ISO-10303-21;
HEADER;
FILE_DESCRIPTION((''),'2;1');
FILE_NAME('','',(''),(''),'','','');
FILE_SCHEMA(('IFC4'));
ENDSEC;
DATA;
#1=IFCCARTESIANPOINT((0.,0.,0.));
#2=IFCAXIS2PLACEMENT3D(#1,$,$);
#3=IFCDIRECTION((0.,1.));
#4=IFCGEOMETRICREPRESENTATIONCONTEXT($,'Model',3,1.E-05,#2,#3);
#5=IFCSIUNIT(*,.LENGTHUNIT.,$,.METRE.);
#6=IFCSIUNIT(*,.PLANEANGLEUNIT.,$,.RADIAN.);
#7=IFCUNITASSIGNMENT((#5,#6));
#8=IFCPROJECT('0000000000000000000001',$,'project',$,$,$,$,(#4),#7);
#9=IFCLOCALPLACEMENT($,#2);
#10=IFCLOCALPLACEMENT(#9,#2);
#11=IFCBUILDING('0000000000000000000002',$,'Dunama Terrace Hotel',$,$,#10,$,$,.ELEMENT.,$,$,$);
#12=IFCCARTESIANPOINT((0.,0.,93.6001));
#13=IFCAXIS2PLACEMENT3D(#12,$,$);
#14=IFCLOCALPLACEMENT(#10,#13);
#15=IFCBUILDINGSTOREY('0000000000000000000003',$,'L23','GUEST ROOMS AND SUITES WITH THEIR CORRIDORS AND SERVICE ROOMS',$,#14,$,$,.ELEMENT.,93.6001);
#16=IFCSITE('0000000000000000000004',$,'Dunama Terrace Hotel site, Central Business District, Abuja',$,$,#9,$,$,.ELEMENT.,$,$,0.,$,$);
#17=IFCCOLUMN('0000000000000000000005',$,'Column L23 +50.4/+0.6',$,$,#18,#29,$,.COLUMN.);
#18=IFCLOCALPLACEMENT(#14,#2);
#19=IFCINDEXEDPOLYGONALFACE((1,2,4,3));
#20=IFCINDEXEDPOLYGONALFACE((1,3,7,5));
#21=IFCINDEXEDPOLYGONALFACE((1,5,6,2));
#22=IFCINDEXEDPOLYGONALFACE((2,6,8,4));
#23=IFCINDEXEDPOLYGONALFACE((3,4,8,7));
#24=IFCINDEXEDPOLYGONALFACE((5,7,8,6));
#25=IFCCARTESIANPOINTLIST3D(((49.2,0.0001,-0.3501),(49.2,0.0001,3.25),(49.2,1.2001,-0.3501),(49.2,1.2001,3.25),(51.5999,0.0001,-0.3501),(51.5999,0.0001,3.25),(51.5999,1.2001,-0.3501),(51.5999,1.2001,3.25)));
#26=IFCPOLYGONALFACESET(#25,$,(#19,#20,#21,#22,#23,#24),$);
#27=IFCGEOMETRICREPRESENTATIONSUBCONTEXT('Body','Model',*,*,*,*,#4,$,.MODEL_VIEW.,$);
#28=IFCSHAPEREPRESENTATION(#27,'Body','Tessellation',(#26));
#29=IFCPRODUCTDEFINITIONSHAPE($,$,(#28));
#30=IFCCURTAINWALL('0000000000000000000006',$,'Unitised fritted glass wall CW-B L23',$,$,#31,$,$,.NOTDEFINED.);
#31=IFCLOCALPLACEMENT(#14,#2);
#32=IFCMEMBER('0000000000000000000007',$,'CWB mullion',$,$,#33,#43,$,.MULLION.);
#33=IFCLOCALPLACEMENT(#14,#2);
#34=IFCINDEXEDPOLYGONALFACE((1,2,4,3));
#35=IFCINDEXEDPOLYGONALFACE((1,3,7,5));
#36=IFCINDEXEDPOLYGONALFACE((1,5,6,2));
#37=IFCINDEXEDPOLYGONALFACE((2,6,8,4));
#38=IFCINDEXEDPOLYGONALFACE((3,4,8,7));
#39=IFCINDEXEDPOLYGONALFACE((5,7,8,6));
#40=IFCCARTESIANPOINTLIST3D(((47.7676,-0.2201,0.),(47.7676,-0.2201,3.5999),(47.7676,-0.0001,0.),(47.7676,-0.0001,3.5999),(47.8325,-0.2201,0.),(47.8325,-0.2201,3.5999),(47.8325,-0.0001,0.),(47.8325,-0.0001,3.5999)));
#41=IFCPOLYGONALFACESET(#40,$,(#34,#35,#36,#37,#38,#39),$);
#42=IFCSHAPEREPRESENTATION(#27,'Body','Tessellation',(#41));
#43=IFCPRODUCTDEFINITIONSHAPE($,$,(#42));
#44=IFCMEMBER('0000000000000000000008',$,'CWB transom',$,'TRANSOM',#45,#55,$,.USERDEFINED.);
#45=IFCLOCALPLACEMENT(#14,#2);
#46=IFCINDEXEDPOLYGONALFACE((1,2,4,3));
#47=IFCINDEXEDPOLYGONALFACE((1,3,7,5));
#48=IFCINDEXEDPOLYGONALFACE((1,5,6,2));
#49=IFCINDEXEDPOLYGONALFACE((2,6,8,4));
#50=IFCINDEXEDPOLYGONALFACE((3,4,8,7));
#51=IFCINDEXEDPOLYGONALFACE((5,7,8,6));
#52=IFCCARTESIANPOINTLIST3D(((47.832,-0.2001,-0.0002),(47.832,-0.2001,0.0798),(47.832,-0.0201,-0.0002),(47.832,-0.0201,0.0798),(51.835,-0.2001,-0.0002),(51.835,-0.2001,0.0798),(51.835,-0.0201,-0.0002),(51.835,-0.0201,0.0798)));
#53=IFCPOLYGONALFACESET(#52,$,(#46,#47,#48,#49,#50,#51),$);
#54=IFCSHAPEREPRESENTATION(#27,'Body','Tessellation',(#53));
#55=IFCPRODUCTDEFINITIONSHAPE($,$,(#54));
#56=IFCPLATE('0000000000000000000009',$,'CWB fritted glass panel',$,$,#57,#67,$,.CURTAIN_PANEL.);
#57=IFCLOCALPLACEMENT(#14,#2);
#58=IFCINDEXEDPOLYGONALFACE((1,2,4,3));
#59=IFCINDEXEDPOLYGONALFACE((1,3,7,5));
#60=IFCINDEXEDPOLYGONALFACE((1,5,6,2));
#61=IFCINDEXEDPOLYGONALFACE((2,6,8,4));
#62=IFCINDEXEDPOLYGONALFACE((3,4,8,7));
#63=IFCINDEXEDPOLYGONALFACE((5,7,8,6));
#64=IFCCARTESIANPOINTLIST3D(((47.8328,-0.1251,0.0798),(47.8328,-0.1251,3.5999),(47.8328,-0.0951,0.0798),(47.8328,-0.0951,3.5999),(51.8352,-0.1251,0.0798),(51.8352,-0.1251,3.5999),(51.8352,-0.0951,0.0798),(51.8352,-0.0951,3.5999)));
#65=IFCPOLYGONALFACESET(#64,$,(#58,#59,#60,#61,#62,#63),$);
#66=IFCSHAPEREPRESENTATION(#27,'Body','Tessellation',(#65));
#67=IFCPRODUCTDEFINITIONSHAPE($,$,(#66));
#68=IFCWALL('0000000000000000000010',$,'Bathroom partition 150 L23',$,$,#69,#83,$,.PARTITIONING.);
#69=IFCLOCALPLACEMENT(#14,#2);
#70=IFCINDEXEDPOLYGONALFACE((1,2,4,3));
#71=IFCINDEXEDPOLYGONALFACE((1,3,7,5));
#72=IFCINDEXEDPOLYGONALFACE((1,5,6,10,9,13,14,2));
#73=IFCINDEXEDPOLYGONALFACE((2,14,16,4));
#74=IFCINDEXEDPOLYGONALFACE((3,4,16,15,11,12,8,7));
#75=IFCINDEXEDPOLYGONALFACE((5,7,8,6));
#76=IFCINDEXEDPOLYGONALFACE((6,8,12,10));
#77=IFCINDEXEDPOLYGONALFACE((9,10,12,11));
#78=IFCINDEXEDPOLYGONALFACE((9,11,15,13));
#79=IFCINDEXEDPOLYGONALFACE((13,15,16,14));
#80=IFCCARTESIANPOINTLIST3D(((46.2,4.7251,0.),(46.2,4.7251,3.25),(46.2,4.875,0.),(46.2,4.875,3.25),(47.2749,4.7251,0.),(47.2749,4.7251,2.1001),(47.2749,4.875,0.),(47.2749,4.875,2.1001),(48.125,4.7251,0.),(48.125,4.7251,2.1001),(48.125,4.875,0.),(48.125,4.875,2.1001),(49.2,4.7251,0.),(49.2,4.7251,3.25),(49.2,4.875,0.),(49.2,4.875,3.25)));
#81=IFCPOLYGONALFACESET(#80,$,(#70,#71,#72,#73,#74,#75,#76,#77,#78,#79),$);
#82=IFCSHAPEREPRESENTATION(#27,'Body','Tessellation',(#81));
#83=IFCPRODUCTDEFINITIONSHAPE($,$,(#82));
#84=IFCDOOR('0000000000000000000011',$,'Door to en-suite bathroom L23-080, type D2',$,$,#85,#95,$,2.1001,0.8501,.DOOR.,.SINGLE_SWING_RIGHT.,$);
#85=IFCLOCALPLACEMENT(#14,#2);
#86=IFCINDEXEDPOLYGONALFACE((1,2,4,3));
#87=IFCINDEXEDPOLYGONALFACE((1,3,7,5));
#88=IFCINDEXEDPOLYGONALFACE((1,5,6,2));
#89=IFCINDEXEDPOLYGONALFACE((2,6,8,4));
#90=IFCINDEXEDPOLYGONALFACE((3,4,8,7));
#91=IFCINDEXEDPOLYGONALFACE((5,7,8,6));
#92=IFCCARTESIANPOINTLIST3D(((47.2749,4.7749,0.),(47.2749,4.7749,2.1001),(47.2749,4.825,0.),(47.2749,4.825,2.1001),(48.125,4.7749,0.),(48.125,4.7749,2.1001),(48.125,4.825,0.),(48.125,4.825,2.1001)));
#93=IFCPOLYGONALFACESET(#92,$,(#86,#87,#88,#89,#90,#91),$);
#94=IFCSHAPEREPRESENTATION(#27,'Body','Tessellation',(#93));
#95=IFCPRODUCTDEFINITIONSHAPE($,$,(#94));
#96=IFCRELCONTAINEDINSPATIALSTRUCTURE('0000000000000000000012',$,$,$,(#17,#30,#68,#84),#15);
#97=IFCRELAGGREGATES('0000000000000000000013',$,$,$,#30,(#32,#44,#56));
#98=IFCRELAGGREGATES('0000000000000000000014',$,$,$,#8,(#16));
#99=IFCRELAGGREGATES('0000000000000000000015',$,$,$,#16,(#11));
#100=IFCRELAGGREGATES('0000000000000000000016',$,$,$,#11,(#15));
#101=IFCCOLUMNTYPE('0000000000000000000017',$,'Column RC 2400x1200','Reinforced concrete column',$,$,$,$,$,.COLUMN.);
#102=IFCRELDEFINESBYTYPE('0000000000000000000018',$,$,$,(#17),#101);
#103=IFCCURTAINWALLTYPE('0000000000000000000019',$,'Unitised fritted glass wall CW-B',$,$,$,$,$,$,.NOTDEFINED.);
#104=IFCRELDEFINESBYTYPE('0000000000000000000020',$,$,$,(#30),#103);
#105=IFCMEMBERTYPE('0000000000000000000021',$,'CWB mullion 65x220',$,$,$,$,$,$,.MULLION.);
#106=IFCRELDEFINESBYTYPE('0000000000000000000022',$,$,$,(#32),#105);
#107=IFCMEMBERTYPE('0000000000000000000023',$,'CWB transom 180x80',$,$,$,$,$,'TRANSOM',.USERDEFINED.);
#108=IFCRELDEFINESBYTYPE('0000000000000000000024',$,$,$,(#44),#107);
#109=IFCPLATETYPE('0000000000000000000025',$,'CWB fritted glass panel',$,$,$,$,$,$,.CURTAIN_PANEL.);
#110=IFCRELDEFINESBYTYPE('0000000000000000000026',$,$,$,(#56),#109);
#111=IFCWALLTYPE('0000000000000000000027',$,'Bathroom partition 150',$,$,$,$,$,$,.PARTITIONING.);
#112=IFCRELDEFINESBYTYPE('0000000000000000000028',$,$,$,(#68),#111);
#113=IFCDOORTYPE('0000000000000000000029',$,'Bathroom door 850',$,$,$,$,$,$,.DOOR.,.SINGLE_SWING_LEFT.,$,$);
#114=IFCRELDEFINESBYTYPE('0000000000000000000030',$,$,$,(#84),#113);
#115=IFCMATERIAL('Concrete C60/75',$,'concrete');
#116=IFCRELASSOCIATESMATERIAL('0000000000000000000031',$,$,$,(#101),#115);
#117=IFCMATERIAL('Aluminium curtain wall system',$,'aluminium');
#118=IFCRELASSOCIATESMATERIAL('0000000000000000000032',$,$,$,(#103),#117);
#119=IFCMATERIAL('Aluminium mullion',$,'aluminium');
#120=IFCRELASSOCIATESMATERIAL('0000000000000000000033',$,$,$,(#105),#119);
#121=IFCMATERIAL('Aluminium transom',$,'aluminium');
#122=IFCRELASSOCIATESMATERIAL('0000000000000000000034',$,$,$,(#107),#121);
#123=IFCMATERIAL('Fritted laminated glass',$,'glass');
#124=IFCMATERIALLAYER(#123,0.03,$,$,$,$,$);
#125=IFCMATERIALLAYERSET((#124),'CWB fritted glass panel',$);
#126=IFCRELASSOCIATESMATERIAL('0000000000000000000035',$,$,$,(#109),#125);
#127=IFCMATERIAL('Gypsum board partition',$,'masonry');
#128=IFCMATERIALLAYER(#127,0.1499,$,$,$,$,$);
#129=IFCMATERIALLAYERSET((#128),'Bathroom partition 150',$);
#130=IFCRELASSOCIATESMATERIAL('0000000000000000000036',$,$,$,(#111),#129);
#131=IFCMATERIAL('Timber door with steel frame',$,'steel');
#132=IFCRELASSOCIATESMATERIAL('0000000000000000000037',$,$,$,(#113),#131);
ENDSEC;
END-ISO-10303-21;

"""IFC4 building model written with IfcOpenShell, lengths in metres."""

from ifc_helpers import new_model, si_unit, direction, frame, frame_2d, origin, origin_2d, place, context, subcontext, project, spatial, rectangle, extrude, material, layer, layer_set, material_profile, profile_set, type_object, element, fill, aggregate, save


model = new_model("IFC4")

# Units and contexts
model_context = context("Model", 3, precision=1e-05, world=origin(), true_north=direction((0.0, 1.0)))
body_context = subcontext(model_context, "Body", "Model", "MODEL_VIEW")
ifc_project = project(units=[si_unit("LENGTHUNIT", "METRE"), si_unit("PLANEANGLEUNIT", "RADIAN")], contexts=[model_context])

# Site, building, storey
site_placement = place(None, origin())
site = spatial("IfcSite", under=ifc_project, at=site_placement, Name="Dunama Terrace Hotel site, Central Business District, Abuja", CompositionType="ELEMENT", RefElevation=0.0)
building_placement = place(site_placement, origin())
building = spatial("IfcBuilding", under=site, at=building_placement, Name="Dunama Terrace Hotel", CompositionType="ELEMENT")
storey_placement = place(building_placement, frame((0.0, 0.0, 93.6001)))
storey = spatial("IfcBuildingStorey", under=building, at=storey_placement, Name="L23", Description="GUEST ROOMS AND SUITES WITH THEIR CORRIDORS AND SERVICE ROOMS", CompositionType="ELEMENT", Elevation=93.6001)

# Column
ifc_material_1 = material(Name="Concrete C60/75", Category="concrete")
ifc_material_profile_1 = material_profile(ifc_material_1, rectangle(XDim=2.3999, YDim=1.2, at=origin_2d()), Name="RC 2400x1200")
ifc_profile_set_1 = profile_set([ifc_material_profile_1], Name="Concrete C60/75")
column_type = type_object("IfcColumnType", Name="Column RC 2400x1200", Description="Reinforced concrete column", PredefinedType="COLUMN", material=ifc_profile_set_1)
column_placement = place(storey_placement, frame((50.3999, 0.6001, -0.3501), z_axis=(0.0, 0.0, 1.0), x_axis=(1.0, 0.0, 0.0)))
element("IfcColumn", 1, at=column_placement, inside=storey, type_object=column_type, Name="Column L23 +50.4/+0.6", PredefinedType="COLUMN", context=body_context, shape_type="SweptSolid", body=[
    extrude(rectangle(XDim=2.3999, YDim=1.2, at=origin_2d()), origin(), (0.0, 0.0, 1.0), 3.6001),
])

# Curtain wall, members, plate
ifc_material_2 = material(Name="Aluminium curtain wall system", Category="aluminium")
curtain_wall_type = type_object("IfcCurtainWallType", Name="Unitised fritted glass wall CW-B", PredefinedType="NOTDEFINED", material=ifc_material_2)
curtain_wall_placement = place(storey_placement, origin())
curtain_wall = element("IfcCurtainWall", 2, at=curtain_wall_placement, inside=storey, type_object=curtain_wall_type, Name="Unitised fritted glass wall CW-B L23", PredefinedType="NOTDEFINED")
ifc_material_3 = material(Name="Aluminium mullion", Category="aluminium")
ifc_material_profile_2 = material_profile(ifc_material_3, rectangle(XDim=0.0649, YDim=0.22, at=origin_2d()), Name="CWB MULLION 65X220")
ifc_profile_set_2 = profile_set([ifc_material_profile_2], Name="Aluminium mullion")
member_type_1 = type_object("IfcMemberType", Name="CWB mullion 65x220", PredefinedType="MULLION", material=ifc_profile_set_2)
member_1_placement = place(storey_placement, frame((47.8, -0.1101, 0.0), z_axis=(0.0, 0.0, 1.0), x_axis=(1.0, 0.0, 0.0)))
member_1 = element("IfcMember", 3, at=member_1_placement, type_object=member_type_1, Name="CWB mullion", PredefinedType="MULLION", context=body_context, shape_type="SweptSolid", body=[
    extrude(rectangle(XDim=0.0649, YDim=0.22, at=origin_2d()), origin(), (0.0, 0.0, 1.0), 3.5999),
])
ifc_material_4 = material(Name="Aluminium transom", Category="aluminium")
ifc_material_profile_3 = material_profile(ifc_material_4, rectangle(XDim=0.1799, YDim=0.0801, at=origin_2d()), Name="CWB TRANSOM 180X80")
ifc_profile_set_3 = profile_set([ifc_material_profile_3], Name="Aluminium transom")
member_type_2 = type_object("IfcMemberType", Name="CWB transom 180x80", ElementType="TRANSOM", PredefinedType="USERDEFINED", material=ifc_profile_set_3)
member_2_placement = place(storey_placement, frame((47.832, -0.1101, 0.0398), z_axis=(1.0, 0.0, 0.0), x_axis=(0.0, 1.0, 0.0)))
member_2 = element("IfcMember", 4, at=member_2_placement, type_object=member_type_2, Name="CWB transom", ObjectType="TRANSOM", PredefinedType="USERDEFINED", context=body_context, shape_type="SweptSolid", body=[
    extrude(rectangle(XDim=0.1799, YDim=0.0801, at=origin_2d()), origin(), (0.0, 0.0, 1.0), 4.0029),
])
ifc_material_5 = material(Name="Fritted laminated glass", Category="glass")
ifc_layer_1 = layer(ifc_material_5, 0.03)
ifc_layer_set_1 = layer_set([ifc_layer_1], Name="CWB fritted glass panel")
plate_type = type_object("IfcPlateType", Name="CWB fritted glass panel", PredefinedType="CURTAIN_PANEL", material=ifc_layer_set_1)
plate_placement = place(storey_placement, frame((49.834, -0.1101, 0.0798), z_axis=(0.0, 0.0, 1.0), x_axis=(1.0, 0.0, 0.0)))
plate = element("IfcPlate", 5, at=plate_placement, type_object=plate_type, Name="CWB fritted glass panel", PredefinedType="CURTAIN_PANEL", context=body_context, shape_type="SweptSolid", body=[
    extrude(rectangle(XDim=4.0024, YDim=0.03, at=origin_2d()), origin(), (0.0, 0.0, 1.0), 3.52),
])
aggregate(curtain_wall, [member_1, member_2, plate])

# Wall, opening, door
ifc_material_6 = material(Name="Gypsum board partition", Category="masonry")
ifc_layer_2 = layer(ifc_material_6, 0.1499)
ifc_layer_set_2 = layer_set([ifc_layer_2], Name="Bathroom partition 150")
wall_type = type_object("IfcWallType", Name="Bathroom partition 150", PredefinedType="PARTITIONING", material=ifc_layer_set_2)
wall_placement = place(storey_placement, frame((46.2, 4.8, 0.0), z_axis=(0.0, 0.0, 1.0), x_axis=(1.0, 0.0, 0.0)))
wall = element("IfcWall", 6, at=wall_placement, inside=storey, type_object=wall_type, Name="Bathroom partition 150 L23", PredefinedType="PARTITIONING", context=body_context, shape_type="SweptSolid", body=[
    extrude(rectangle(XDim=3.0, YDim=0.1499, at=frame_2d((1.5, 0.0))), origin(), (0.0, 0.0, 1.0), 3.25),
])
opening_placement = place(wall_placement, frame((1.075, 0.0, 0.0)))
opening = element("IfcOpeningElement", 7, at=opening_placement, cuts=wall, PredefinedType="OPENING", context=body_context, shape_type="SweptSolid", body=[
    extrude(rectangle(XDim=0.8501, YDim=2.1001, at=frame_2d((0.425, 1.05))), frame((0.0, 0.085, 0.0), z_axis=(0.0, -1.0, 0.0), x_axis=(1.0, 0.0, 0.0)), (0.0, 0.0, 1.0), 0.1699),
])
ifc_material_7 = material(Name="Timber door with steel frame", Category="steel")
door_type = type_object("IfcDoorType", Name="Bathroom door 850", OperationType="SINGLE_SWING_LEFT", PredefinedType="DOOR", material=ifc_material_7)
door_placement = place(opening_placement, origin())
door = element("IfcDoor", 8, at=door_placement, inside=storey, type_object=door_type, Name="Door to en-suite bathroom L23-080, type D2", OperationType="SINGLE_SWING_RIGHT", OverallHeight=2.1001, OverallWidth=0.8501, PredefinedType="DOOR", context=body_context, shape_type="SweptSolid", body=[
    extrude(rectangle(XDim=0.8501, YDim=2.1001, at=frame_2d((0.425, 1.05))), frame((0.0, 0.0249, 0.0), z_axis=(0.0, -1.0, 0.0), x_axis=(1.0, 0.0, 0.0)), (0.0, 0.0, 1.0), 0.05),
])
fill(opening, door)

save(model, "model.ifc")
